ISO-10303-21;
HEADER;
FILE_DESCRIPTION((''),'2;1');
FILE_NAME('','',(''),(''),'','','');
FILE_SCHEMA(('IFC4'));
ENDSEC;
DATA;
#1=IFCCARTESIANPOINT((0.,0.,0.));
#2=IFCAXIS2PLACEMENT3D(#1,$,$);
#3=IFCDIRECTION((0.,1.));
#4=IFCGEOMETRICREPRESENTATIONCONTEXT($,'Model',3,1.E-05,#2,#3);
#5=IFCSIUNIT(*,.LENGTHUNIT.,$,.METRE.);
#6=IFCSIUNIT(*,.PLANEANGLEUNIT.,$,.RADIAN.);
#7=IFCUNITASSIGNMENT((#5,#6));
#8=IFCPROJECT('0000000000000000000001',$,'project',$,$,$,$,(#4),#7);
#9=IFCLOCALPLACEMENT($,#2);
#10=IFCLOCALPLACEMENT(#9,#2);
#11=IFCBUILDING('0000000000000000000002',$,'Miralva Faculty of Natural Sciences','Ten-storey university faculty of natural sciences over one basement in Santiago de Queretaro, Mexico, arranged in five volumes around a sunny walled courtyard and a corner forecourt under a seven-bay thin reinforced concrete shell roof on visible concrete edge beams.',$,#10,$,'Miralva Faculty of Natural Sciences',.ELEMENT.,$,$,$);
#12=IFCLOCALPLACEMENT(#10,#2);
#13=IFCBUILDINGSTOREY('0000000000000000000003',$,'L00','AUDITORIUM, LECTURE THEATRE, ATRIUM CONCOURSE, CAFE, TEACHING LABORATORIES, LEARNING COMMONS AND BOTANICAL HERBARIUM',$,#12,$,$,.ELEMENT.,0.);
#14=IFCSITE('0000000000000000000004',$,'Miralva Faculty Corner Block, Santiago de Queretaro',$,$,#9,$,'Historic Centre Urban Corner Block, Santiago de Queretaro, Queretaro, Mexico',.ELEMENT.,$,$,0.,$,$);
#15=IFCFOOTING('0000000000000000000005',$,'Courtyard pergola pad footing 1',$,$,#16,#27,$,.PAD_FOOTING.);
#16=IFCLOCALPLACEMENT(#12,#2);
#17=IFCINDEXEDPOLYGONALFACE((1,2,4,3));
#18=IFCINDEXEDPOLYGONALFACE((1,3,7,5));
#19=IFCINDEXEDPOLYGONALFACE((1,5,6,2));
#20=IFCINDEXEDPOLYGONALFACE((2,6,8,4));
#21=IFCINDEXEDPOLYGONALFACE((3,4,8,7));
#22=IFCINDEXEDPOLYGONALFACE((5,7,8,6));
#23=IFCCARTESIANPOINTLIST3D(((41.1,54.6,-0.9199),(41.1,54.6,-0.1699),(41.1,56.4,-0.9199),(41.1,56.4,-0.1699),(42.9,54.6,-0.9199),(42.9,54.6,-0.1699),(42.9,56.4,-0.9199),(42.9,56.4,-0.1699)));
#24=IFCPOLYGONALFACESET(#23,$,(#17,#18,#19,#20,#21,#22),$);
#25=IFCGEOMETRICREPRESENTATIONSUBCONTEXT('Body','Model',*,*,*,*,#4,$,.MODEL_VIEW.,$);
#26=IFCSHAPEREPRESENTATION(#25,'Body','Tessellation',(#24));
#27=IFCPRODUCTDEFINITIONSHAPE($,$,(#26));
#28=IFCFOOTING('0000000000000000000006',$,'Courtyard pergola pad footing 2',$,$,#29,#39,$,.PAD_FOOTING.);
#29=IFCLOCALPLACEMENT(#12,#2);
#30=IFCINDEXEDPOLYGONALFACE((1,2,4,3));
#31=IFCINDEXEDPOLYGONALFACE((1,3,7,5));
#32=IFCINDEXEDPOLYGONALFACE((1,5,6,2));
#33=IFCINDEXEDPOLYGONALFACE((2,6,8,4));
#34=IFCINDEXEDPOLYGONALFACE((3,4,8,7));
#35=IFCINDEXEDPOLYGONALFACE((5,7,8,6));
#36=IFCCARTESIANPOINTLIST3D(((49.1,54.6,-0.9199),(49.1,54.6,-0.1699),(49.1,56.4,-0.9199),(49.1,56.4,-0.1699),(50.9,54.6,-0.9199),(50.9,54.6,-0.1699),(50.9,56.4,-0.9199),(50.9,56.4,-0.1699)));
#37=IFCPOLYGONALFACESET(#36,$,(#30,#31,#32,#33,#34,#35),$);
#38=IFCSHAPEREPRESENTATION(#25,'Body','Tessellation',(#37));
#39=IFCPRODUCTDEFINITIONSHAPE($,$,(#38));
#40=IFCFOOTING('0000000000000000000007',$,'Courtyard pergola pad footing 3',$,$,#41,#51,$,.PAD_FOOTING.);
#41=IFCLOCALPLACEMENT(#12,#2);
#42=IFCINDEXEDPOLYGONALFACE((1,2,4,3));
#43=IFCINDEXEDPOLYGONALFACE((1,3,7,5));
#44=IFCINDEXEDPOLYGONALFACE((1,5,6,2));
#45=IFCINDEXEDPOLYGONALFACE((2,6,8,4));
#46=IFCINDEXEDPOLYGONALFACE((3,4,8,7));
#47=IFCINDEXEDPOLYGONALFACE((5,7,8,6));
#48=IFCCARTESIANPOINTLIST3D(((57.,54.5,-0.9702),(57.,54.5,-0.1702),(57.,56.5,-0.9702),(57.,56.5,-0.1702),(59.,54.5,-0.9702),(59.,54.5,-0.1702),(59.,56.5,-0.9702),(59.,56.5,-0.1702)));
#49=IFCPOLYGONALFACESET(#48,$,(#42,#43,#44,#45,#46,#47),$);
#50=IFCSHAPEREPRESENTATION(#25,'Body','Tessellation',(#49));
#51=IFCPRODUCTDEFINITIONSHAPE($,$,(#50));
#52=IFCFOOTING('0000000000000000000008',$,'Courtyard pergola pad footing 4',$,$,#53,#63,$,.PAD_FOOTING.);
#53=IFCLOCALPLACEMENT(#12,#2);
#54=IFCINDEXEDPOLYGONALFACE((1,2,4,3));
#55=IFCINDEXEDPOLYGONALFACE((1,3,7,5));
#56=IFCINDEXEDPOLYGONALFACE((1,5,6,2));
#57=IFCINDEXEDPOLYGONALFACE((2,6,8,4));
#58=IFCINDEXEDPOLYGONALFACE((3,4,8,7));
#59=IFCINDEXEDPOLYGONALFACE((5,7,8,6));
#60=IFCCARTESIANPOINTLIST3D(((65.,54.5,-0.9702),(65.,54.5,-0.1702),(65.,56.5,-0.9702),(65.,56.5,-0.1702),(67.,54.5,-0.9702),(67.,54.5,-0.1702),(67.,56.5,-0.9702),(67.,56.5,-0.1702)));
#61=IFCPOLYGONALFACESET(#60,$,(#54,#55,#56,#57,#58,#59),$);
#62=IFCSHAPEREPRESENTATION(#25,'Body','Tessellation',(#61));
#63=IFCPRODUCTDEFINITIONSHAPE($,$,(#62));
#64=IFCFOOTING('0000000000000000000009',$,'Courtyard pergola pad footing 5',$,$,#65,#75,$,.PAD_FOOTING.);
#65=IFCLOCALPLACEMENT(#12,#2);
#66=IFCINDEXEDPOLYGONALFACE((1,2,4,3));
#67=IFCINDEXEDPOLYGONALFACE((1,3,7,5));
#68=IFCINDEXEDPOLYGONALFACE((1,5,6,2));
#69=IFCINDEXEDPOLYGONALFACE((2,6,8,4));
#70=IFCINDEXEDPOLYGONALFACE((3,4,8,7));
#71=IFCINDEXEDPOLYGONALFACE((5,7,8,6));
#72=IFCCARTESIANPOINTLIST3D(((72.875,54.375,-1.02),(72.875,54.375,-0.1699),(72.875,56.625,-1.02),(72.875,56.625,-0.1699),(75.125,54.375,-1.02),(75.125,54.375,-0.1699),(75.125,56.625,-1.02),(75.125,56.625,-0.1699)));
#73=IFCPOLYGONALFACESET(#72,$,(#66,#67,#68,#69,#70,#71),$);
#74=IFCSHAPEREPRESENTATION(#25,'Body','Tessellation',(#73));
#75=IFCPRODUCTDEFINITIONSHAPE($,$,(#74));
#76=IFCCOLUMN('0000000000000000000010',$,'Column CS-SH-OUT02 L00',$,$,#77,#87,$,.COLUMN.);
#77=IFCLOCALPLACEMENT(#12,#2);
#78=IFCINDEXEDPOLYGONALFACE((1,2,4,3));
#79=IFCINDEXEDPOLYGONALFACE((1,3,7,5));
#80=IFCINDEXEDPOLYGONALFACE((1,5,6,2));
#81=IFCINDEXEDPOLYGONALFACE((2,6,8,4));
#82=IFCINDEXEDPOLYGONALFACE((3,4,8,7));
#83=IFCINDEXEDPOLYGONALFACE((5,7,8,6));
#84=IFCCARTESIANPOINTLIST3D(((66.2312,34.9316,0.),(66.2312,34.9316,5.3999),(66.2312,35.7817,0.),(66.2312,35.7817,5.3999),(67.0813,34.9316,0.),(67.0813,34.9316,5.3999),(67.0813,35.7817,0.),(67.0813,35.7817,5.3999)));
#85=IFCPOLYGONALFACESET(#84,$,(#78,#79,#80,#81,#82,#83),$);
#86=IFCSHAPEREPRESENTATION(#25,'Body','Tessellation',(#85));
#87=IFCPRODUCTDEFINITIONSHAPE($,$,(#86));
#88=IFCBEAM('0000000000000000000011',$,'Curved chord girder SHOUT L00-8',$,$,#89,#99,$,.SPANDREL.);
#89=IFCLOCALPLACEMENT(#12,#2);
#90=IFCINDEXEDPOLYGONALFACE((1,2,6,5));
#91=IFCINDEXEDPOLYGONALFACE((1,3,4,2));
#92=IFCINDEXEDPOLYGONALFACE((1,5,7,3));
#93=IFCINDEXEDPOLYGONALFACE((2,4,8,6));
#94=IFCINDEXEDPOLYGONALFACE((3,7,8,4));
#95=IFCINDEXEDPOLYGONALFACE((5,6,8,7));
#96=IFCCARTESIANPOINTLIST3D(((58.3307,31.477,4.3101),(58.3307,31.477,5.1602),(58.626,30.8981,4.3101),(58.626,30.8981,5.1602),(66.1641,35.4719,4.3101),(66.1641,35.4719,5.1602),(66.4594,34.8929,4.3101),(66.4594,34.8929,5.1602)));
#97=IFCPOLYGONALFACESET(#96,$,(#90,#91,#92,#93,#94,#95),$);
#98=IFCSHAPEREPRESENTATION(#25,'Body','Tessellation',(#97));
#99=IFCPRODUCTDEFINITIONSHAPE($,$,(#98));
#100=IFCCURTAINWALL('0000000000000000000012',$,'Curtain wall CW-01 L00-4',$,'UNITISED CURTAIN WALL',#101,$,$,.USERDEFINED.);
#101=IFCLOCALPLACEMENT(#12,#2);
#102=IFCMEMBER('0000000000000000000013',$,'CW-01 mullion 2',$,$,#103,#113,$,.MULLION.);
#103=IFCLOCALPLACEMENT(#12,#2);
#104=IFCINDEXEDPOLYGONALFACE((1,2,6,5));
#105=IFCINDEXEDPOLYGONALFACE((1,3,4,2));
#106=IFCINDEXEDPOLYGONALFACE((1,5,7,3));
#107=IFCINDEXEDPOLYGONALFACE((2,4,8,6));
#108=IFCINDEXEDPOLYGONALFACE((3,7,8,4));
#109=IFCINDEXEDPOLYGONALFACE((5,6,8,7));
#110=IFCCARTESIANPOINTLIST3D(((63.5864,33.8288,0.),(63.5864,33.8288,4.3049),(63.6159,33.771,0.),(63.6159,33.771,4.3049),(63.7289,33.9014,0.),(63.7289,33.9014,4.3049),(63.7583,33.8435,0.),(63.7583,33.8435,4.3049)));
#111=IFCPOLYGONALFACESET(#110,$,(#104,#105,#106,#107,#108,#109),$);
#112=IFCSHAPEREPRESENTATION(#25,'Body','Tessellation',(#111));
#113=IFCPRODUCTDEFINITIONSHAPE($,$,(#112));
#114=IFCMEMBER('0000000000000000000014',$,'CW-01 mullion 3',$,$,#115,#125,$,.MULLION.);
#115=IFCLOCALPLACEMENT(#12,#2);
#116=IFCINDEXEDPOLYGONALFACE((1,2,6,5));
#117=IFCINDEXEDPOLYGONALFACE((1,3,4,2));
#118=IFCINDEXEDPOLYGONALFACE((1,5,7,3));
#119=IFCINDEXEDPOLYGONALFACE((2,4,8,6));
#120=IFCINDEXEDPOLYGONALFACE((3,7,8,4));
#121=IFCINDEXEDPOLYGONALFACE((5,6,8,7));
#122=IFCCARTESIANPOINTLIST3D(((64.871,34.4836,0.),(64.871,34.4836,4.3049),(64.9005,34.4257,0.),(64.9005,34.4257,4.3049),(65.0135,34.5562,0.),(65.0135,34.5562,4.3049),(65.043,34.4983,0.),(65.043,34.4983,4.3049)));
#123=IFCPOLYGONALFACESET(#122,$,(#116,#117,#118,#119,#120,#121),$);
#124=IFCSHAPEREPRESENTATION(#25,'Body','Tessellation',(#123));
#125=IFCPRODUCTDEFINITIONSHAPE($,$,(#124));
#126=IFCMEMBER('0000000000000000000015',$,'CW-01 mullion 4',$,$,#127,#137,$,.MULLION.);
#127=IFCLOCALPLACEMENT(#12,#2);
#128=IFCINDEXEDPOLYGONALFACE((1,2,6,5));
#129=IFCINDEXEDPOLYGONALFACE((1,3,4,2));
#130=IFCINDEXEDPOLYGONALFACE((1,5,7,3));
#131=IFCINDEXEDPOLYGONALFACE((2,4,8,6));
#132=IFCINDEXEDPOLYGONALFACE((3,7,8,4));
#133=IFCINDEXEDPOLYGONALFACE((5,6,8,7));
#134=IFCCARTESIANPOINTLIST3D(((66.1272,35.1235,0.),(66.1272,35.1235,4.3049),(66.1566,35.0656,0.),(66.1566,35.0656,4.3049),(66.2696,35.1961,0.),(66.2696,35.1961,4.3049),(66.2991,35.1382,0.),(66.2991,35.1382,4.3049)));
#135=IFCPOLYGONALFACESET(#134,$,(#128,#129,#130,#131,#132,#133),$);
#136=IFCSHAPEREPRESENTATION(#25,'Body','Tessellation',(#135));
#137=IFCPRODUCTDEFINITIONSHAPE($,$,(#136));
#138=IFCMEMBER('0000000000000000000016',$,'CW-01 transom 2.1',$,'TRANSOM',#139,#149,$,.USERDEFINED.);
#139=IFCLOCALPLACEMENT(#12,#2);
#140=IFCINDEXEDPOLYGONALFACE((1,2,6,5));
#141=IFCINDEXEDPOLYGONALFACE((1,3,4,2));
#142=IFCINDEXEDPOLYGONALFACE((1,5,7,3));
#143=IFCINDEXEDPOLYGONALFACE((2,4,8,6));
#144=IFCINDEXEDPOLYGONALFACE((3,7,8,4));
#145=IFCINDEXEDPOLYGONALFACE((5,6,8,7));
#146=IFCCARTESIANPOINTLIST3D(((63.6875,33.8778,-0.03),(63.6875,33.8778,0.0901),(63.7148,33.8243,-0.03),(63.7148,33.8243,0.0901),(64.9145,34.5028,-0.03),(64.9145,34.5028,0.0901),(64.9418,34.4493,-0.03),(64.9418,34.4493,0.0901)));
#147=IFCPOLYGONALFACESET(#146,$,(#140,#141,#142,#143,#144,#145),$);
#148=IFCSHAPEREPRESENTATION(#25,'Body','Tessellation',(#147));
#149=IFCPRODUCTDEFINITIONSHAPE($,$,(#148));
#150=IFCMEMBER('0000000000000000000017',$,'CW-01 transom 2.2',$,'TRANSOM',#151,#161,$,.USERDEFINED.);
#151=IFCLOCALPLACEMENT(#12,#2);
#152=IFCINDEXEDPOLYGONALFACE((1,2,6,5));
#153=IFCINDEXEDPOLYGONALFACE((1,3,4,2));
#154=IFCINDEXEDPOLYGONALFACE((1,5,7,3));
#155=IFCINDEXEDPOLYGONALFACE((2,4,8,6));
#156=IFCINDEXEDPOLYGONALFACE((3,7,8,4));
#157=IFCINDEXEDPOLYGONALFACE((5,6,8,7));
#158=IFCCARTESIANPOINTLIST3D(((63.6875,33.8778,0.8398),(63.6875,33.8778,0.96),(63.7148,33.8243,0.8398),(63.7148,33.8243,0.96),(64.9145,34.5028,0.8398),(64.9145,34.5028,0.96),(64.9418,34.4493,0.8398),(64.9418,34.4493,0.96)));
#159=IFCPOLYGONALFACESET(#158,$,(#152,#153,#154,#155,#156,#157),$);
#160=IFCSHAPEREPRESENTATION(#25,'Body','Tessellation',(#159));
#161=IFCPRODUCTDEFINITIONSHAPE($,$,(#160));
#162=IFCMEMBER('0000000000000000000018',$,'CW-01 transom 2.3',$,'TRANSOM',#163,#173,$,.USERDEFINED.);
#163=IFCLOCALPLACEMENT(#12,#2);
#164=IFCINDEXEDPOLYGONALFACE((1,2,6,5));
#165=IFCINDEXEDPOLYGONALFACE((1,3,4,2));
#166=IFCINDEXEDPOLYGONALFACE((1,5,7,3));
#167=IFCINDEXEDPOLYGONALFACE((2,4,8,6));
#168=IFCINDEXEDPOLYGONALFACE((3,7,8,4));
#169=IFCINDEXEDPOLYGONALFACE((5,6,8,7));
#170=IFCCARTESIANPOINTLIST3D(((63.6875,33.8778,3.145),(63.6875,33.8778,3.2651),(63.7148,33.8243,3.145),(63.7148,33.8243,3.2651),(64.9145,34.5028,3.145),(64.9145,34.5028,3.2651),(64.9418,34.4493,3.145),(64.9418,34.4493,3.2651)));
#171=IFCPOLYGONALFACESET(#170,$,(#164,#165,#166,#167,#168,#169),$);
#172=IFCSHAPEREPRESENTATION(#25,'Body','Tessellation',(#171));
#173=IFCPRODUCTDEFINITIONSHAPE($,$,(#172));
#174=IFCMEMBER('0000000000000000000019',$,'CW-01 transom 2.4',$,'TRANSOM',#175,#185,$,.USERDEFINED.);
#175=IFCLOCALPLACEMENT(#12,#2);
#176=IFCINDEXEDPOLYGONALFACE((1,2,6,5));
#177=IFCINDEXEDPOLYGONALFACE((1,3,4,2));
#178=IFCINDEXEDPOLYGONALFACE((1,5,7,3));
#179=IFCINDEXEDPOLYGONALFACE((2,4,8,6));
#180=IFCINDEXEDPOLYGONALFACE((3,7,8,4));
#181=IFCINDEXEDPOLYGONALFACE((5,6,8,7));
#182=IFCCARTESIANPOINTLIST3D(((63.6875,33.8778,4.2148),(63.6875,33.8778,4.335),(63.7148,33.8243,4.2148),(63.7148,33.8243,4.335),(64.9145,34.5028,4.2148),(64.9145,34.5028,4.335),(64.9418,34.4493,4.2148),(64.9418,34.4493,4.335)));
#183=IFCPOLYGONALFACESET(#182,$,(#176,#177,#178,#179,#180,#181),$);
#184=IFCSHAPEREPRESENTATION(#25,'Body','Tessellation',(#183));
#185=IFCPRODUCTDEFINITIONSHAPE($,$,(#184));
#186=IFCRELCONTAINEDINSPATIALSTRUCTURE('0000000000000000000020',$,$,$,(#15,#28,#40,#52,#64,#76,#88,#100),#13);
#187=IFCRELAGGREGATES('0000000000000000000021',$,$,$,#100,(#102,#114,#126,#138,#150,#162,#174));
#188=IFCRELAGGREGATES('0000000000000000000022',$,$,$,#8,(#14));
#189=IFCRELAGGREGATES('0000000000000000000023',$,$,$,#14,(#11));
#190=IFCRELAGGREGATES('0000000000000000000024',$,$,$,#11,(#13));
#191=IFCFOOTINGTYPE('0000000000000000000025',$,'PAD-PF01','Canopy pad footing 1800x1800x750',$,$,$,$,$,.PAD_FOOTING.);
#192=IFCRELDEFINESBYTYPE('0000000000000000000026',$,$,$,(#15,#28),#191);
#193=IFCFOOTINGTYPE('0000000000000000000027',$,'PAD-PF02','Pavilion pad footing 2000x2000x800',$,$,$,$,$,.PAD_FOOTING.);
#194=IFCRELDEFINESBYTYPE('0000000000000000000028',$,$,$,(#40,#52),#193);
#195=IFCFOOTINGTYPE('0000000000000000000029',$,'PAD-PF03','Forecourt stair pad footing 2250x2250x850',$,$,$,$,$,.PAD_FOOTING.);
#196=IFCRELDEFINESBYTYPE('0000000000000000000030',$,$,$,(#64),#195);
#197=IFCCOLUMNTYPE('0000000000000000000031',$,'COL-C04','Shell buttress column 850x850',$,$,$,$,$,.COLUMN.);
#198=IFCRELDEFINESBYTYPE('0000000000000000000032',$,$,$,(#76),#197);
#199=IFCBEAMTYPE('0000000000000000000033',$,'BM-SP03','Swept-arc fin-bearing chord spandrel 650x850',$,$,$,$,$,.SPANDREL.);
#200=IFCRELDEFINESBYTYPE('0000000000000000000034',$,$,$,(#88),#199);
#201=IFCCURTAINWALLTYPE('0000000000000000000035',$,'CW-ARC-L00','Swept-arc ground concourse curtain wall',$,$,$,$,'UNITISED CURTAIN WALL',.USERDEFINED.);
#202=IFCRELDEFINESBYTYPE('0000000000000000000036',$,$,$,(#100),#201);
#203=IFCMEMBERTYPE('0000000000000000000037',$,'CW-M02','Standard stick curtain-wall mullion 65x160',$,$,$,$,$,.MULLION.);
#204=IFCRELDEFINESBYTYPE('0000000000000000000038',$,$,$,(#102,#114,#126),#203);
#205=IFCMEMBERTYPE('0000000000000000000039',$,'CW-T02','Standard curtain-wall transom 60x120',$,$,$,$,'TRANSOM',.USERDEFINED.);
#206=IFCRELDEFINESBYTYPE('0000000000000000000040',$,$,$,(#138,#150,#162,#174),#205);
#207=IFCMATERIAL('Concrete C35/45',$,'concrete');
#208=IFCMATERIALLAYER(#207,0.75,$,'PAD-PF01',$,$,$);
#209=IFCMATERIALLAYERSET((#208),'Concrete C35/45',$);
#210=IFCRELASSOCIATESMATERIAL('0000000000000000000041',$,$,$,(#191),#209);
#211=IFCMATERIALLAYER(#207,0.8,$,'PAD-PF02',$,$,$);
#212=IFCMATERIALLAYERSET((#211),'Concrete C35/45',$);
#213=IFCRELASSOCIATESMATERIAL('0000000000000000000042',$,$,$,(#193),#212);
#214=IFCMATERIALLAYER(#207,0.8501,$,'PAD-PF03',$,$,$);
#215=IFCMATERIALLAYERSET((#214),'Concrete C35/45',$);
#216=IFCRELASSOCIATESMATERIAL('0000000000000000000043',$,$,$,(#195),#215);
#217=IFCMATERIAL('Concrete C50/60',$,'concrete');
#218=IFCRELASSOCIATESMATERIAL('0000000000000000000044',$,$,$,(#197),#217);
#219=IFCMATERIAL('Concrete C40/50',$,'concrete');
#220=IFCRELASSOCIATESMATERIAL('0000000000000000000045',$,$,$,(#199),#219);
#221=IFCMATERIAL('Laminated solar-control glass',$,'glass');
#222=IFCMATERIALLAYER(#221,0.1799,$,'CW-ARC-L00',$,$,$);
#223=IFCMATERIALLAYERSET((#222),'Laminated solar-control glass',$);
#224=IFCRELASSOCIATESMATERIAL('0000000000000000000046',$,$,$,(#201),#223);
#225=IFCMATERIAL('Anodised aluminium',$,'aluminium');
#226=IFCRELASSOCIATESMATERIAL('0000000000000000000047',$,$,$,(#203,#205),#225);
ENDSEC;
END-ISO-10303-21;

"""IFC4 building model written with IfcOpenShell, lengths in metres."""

from ifc_helpers import new_model, si_unit, direction, frame, origin, origin_2d, place, context, subcontext, project, spatial, rectangle, extrude, material, layer, layer_set, material_profile, profile_set, type_object, element, aggregate, save


model = new_model("IFC4")

# Units and contexts
model_context = context("Model", 3, precision=1e-05, world=origin(), true_north=direction((0.0, 1.0)))
body_context = subcontext(model_context, "Body", "Model", "MODEL_VIEW")
ifc_project = project(units=[si_unit("LENGTHUNIT", "METRE"), si_unit("PLANEANGLEUNIT", "RADIAN")], contexts=[model_context])

# Site, building, storey
site_placement = place(None, origin())
site = spatial("IfcSite", under=ifc_project, at=site_placement, Name="Miralva Faculty Corner Block, Santiago de Queretaro", LongName="Historic Centre Urban Corner Block, Santiago de Queretaro, Queretaro, Mexico", CompositionType="ELEMENT", RefElevation=0.0)
building_placement = place(site_placement, origin())
building = spatial("IfcBuilding", under=site, at=building_placement, Name="Miralva Faculty of Natural Sciences", Description="Ten-storey university faculty of natural sciences over one basement in Santiago de Queretaro, Mexico, arranged in five volumes around a sunny walled courtyard and a corner forecourt under a seven-bay thin reinforced concrete shell roof on visible concrete edge beams.", LongName="Miralva Faculty of Natural Sciences", CompositionType="ELEMENT")
storey_placement = place(building_placement, origin())
storey = spatial("IfcBuildingStorey", under=building, at=storey_placement, Name="L00", Description="AUDITORIUM, LECTURE THEATRE, ATRIUM CONCOURSE, CAFE, TEACHING LABORATORIES, LEARNING COMMONS AND BOTANICAL HERBARIUM", CompositionType="ELEMENT", Elevation=0.0)

# Footings
ifc_material_1 = material(Name="Concrete C35/45", Category="concrete")
ifc_layer_1 = layer(ifc_material_1, 0.75, Name="PAD-PF01")
ifc_layer_set_1 = layer_set([ifc_layer_1], Name="Concrete C35/45")
footing_type_1 = type_object("IfcFootingType", Name="PAD-PF01", Description="Canopy pad footing 1800x1800x750", PredefinedType="PAD_FOOTING", material=ifc_layer_set_1)
for number, where, z_axis, x_axis, name in (
    (1, (42.0, 55.5, -0.9199), (0.0, 0.0, 1.0), (1.0, 0.0, 0.0), "Courtyard pergola pad footing 1"),
    (2, (50.0, 55.5, -0.9199), (0.0, 0.0, 1.0), (1.0, 0.0, 0.0), "Courtyard pergola pad footing 2"),
):
    element("IfcFooting", number, at=place(storey_placement, frame(where, z_axis=z_axis, x_axis=x_axis)), inside=storey, type_object=footing_type_1, Name=name, PredefinedType="PAD_FOOTING", context=body_context, shape_type="SweptSolid", body=[
        extrude(rectangle(XDim=1.8, YDim=1.8, at=origin_2d()), origin(), (0.0, 0.0, 1.0), 0.75),
    ])
ifc_layer_2 = layer(ifc_material_1, 0.8, Name="PAD-PF02")
ifc_layer_set_2 = layer_set([ifc_layer_2], Name="Concrete C35/45")
footing_type_2 = type_object("IfcFootingType", Name="PAD-PF02", Description="Pavilion pad footing 2000x2000x800", PredefinedType="PAD_FOOTING", material=ifc_layer_set_2)
for number, where, z_axis, x_axis, name in (
    (3, (58.0, 55.5, -0.9702), (0.0, 0.0, 1.0), (1.0, 0.0, 0.0), "Courtyard pergola pad footing 3"),
    (4, (66.0, 55.5, -0.9702), (0.0, 0.0, 1.0), (1.0, 0.0, 0.0), "Courtyard pergola pad footing 4"),
):
    element("IfcFooting", number, at=place(storey_placement, frame(where, z_axis=z_axis, x_axis=x_axis)), inside=storey, type_object=footing_type_2, Name=name, PredefinedType="PAD_FOOTING", context=body_context, shape_type="SweptSolid", body=[
        extrude(rectangle(XDim=2.0, YDim=2.0, at=origin_2d()), origin(), (0.0, 0.0, 1.0), 0.8),
    ])
ifc_layer_3 = layer(ifc_material_1, 0.8501, Name="PAD-PF03")
ifc_layer_set_3 = layer_set([ifc_layer_3], Name="Concrete C35/45")
footing_type_3 = type_object("IfcFootingType", Name="PAD-PF03", Description="Forecourt stair pad footing 2250x2250x850", PredefinedType="PAD_FOOTING", material=ifc_layer_set_3)
footing_placement = place(storey_placement, frame((74.0, 55.5, -1.02), z_axis=(0.0, 0.0, 1.0), x_axis=(1.0, 0.0, 0.0)))
element("IfcFooting", 5, at=footing_placement, inside=storey, type_object=footing_type_3, Name="Courtyard pergola pad footing 5", PredefinedType="PAD_FOOTING", context=body_context, shape_type="SweptSolid", body=[
    extrude(rectangle(XDim=2.25, YDim=2.25, at=origin_2d()), origin(), (0.0, 0.0, 1.0), 0.8501),
])

# Column
ifc_material_2 = material(Name="Concrete C50/60", Category="concrete")
ifc_material_profile_1 = material_profile(ifc_material_2, rectangle(XDim=0.8501, YDim=0.8501, at=origin_2d()), Name="RC 850x850")
ifc_profile_set_1 = profile_set([ifc_material_profile_1], Name="Concrete C50/60")
column_type = type_object("IfcColumnType", Name="COL-C04", Description="Shell buttress column 850x850", PredefinedType="COLUMN", material=ifc_profile_set_1)
column_placement = place(storey_placement, frame((66.6562, 35.3567, 0.0), z_axis=(0.0, 0.0, 1.0), x_axis=(1.0, 0.0, 0.0)))
element("IfcColumn", 6, at=column_placement, inside=storey, type_object=column_type, Name="Column CS-SH-OUT02 L00", PredefinedType="COLUMN", context=body_context, shape_type="SweptSolid", body=[
    extrude(rectangle(XDim=0.8501, YDim=0.8501, at=origin_2d()), origin(), (0.0, 0.0, 1.0), 5.3999),
])

# Beam
ifc_material_3 = material(Name="Concrete C40/50", Category="concrete")
ifc_material_profile_2 = material_profile(ifc_material_3, rectangle(XDim=0.6499, YDim=0.8501, at=origin_2d()), Name="RC 650x850")
ifc_profile_set_2 = profile_set([ifc_material_profile_2], Name="Concrete C40/50")
beam_type = type_object("IfcBeamType", Name="BM-SP03", Description="Swept-arc fin-bearing chord spandrel 650x850", PredefinedType="SPANDREL", material=ifc_profile_set_2)
beam_placement = place(storey_placement, frame((66.3118, 35.1824, 4.7351), z_axis=(-0.890845, -0.454307, 0.0), x_axis=(0.454307, -0.890845, 0.0)))
element("IfcBeam", 7, at=beam_placement, inside=storey, type_object=beam_type, Name="Curved chord girder SHOUT L00-8", PredefinedType="SPANDREL", context=body_context, shape_type="SweptSolid", body=[
    extrude(rectangle(XDim=0.6499, YDim=0.8501, at=origin_2d()), origin(), (0.0, 0.0, 1.0), 8.7932),
])

# Curtain wall, members
ifc_material_4 = material(Name="Laminated solar-control glass", Category="glass")
ifc_layer_4 = layer(ifc_material_4, 0.1799, Name="CW-ARC-L00")
ifc_layer_set_4 = layer_set([ifc_layer_4], Name="Laminated solar-control glass")
curtain_wall_type = type_object("IfcCurtainWallType", Name="CW-ARC-L00", Description="Swept-arc ground concourse curtain wall", ElementType="UNITISED CURTAIN WALL", PredefinedType="USERDEFINED", material=ifc_layer_set_4)
curtain_wall_placement = place(storey_placement, origin())
curtain_wall = element("IfcCurtainWall", 8, at=curtain_wall_placement, inside=storey, type_object=curtain_wall_type, Name="Curtain wall CW-01 L00-4", ObjectType="UNITISED CURTAIN WALL", PredefinedType="USERDEFINED")
ifc_material_5 = material(Name="Anodised aluminium", Category="aluminium")
ifc_material_profile_3 = material_profile(ifc_material_5, rectangle(XDim=0.0649, YDim=0.1599, at=origin_2d()), Name="MULLION 65x160")
ifc_profile_set_3 = profile_set([ifc_material_profile_3], Name="Anodised aluminium")
member_type_1 = type_object("IfcMemberType", Name="CW-M02", Description="Standard stick curtain-wall mullion 65x160", PredefinedType="MULLION", material=ifc_profile_set_3)
member_1_placement = place(storey_placement, frame((63.6724, 33.8362, 0.0), z_axis=(0.0, 0.0, 1.0), x_axis=(-0.453969, 0.891017, 0.0)))
member_1 = element("IfcMember", 9, at=member_1_placement, type_object=member_type_1, Name="CW-01 mullion 2", PredefinedType="MULLION", context=body_context, shape_type="SweptSolid", body=[
    extrude(rectangle(XDim=0.0649, YDim=0.1599, at=origin_2d()), origin(), (0.0, 0.0, 1.0), 4.3049),
])
member_2_placement = place(storey_placement, frame((64.957, 34.491, 0.0), z_axis=(0.0, 0.0, 1.0), x_axis=(-0.453969, 0.891017, 0.0)))
member_2 = element("IfcMember", 10, at=member_2_placement, type_object=member_type_1, Name="CW-01 mullion 3", PredefinedType="MULLION", context=body_context, shape_type="SweptSolid", body=[
    extrude(rectangle(XDim=0.0649, YDim=0.1599, at=origin_2d()), origin(), (0.0, 0.0, 1.0), 4.3049),
])
member_3_placement = place(storey_placement, frame((66.2131, 35.1309, 0.0), z_axis=(0.0, 0.0, 1.0), x_axis=(-0.453969, 0.891017, 0.0)))
member_3 = element("IfcMember", 11, at=member_3_placement, type_object=member_type_1, Name="CW-01 mullion 4", PredefinedType="MULLION", context=body_context, shape_type="SweptSolid", body=[
    extrude(rectangle(XDim=0.0649, YDim=0.1599, at=origin_2d()), origin(), (0.0, 0.0, 1.0), 4.3049),
])
ifc_material_profile_4 = material_profile(ifc_material_5, rectangle(XDim=0.0601, YDim=0.1201, at=origin_2d()), Name="TRANSOM 60x120")
ifc_profile_set_4 = profile_set([ifc_material_profile_4], Name="Anodised aluminium")
member_type_2 = type_object("IfcMemberType", Name="CW-T02", Description="Standard curtain-wall transom 60x120", ElementType="TRANSOM", PredefinedType="USERDEFINED", material=ifc_profile_set_4)
member_4_placement = place(storey_placement, frame((63.7012, 33.8511, 0.03), z_axis=(0.891069, 0.453867, 0.0), x_axis=(-0.453867, 0.891069, 0.0)))
member_4 = element("IfcMember", 12, at=member_4_placement, type_object=member_type_2, Name="CW-01 transom 2.1", ObjectType="TRANSOM", PredefinedType="USERDEFINED", context=body_context, shape_type="SweptSolid", body=[
    extrude(rectangle(XDim=0.0601, YDim=0.1201, at=origin_2d()), origin(), (0.0, 0.0, 1.0), 1.377),
])
member_5_placement = place(storey_placement, frame((63.7012, 33.8511, 0.8999), z_axis=(0.891069, 0.453867, 0.0), x_axis=(-0.453867, 0.891069, 0.0)))
member_5 = element("IfcMember", 13, at=member_5_placement, type_object=member_type_2, Name="CW-01 transom 2.2", ObjectType="TRANSOM", PredefinedType="USERDEFINED", context=body_context, shape_type="SweptSolid", body=[
    extrude(rectangle(XDim=0.0601, YDim=0.1201, at=origin_2d()), origin(), (0.0, 0.0, 1.0), 1.377),
])
member_6_placement = place(storey_placement, frame((63.7012, 33.8511, 3.2051), z_axis=(0.891069, 0.453867, 0.0), x_axis=(-0.453867, 0.891069, 0.0)))
member_6 = element("IfcMember", 14, at=member_6_placement, type_object=member_type_2, Name="CW-01 transom 2.3", ObjectType="TRANSOM", PredefinedType="USERDEFINED", context=body_context, shape_type="SweptSolid", body=[
    extrude(rectangle(XDim=0.0601, YDim=0.1201, at=origin_2d()), origin(), (0.0, 0.0, 1.0), 1.377),
])
member_7_placement = place(storey_placement, frame((63.7012, 33.8511, 4.2749), z_axis=(0.891069, 0.453867, 0.0), x_axis=(-0.453867, 0.891069, 0.0)))
member_7 = element("IfcMember", 15, at=member_7_placement, type_object=member_type_2, Name="CW-01 transom 2.4", ObjectType="TRANSOM", PredefinedType="USERDEFINED", context=body_context, shape_type="SweptSolid", body=[
    extrude(rectangle(XDim=0.0601, YDim=0.1201, at=origin_2d()), origin(), (0.0, 0.0, 1.0), 1.377),
])
aggregate(curtain_wall, [member_1, member_2, member_3, member_4, member_5, member_6, member_7])

save(model, "model.ifc")
